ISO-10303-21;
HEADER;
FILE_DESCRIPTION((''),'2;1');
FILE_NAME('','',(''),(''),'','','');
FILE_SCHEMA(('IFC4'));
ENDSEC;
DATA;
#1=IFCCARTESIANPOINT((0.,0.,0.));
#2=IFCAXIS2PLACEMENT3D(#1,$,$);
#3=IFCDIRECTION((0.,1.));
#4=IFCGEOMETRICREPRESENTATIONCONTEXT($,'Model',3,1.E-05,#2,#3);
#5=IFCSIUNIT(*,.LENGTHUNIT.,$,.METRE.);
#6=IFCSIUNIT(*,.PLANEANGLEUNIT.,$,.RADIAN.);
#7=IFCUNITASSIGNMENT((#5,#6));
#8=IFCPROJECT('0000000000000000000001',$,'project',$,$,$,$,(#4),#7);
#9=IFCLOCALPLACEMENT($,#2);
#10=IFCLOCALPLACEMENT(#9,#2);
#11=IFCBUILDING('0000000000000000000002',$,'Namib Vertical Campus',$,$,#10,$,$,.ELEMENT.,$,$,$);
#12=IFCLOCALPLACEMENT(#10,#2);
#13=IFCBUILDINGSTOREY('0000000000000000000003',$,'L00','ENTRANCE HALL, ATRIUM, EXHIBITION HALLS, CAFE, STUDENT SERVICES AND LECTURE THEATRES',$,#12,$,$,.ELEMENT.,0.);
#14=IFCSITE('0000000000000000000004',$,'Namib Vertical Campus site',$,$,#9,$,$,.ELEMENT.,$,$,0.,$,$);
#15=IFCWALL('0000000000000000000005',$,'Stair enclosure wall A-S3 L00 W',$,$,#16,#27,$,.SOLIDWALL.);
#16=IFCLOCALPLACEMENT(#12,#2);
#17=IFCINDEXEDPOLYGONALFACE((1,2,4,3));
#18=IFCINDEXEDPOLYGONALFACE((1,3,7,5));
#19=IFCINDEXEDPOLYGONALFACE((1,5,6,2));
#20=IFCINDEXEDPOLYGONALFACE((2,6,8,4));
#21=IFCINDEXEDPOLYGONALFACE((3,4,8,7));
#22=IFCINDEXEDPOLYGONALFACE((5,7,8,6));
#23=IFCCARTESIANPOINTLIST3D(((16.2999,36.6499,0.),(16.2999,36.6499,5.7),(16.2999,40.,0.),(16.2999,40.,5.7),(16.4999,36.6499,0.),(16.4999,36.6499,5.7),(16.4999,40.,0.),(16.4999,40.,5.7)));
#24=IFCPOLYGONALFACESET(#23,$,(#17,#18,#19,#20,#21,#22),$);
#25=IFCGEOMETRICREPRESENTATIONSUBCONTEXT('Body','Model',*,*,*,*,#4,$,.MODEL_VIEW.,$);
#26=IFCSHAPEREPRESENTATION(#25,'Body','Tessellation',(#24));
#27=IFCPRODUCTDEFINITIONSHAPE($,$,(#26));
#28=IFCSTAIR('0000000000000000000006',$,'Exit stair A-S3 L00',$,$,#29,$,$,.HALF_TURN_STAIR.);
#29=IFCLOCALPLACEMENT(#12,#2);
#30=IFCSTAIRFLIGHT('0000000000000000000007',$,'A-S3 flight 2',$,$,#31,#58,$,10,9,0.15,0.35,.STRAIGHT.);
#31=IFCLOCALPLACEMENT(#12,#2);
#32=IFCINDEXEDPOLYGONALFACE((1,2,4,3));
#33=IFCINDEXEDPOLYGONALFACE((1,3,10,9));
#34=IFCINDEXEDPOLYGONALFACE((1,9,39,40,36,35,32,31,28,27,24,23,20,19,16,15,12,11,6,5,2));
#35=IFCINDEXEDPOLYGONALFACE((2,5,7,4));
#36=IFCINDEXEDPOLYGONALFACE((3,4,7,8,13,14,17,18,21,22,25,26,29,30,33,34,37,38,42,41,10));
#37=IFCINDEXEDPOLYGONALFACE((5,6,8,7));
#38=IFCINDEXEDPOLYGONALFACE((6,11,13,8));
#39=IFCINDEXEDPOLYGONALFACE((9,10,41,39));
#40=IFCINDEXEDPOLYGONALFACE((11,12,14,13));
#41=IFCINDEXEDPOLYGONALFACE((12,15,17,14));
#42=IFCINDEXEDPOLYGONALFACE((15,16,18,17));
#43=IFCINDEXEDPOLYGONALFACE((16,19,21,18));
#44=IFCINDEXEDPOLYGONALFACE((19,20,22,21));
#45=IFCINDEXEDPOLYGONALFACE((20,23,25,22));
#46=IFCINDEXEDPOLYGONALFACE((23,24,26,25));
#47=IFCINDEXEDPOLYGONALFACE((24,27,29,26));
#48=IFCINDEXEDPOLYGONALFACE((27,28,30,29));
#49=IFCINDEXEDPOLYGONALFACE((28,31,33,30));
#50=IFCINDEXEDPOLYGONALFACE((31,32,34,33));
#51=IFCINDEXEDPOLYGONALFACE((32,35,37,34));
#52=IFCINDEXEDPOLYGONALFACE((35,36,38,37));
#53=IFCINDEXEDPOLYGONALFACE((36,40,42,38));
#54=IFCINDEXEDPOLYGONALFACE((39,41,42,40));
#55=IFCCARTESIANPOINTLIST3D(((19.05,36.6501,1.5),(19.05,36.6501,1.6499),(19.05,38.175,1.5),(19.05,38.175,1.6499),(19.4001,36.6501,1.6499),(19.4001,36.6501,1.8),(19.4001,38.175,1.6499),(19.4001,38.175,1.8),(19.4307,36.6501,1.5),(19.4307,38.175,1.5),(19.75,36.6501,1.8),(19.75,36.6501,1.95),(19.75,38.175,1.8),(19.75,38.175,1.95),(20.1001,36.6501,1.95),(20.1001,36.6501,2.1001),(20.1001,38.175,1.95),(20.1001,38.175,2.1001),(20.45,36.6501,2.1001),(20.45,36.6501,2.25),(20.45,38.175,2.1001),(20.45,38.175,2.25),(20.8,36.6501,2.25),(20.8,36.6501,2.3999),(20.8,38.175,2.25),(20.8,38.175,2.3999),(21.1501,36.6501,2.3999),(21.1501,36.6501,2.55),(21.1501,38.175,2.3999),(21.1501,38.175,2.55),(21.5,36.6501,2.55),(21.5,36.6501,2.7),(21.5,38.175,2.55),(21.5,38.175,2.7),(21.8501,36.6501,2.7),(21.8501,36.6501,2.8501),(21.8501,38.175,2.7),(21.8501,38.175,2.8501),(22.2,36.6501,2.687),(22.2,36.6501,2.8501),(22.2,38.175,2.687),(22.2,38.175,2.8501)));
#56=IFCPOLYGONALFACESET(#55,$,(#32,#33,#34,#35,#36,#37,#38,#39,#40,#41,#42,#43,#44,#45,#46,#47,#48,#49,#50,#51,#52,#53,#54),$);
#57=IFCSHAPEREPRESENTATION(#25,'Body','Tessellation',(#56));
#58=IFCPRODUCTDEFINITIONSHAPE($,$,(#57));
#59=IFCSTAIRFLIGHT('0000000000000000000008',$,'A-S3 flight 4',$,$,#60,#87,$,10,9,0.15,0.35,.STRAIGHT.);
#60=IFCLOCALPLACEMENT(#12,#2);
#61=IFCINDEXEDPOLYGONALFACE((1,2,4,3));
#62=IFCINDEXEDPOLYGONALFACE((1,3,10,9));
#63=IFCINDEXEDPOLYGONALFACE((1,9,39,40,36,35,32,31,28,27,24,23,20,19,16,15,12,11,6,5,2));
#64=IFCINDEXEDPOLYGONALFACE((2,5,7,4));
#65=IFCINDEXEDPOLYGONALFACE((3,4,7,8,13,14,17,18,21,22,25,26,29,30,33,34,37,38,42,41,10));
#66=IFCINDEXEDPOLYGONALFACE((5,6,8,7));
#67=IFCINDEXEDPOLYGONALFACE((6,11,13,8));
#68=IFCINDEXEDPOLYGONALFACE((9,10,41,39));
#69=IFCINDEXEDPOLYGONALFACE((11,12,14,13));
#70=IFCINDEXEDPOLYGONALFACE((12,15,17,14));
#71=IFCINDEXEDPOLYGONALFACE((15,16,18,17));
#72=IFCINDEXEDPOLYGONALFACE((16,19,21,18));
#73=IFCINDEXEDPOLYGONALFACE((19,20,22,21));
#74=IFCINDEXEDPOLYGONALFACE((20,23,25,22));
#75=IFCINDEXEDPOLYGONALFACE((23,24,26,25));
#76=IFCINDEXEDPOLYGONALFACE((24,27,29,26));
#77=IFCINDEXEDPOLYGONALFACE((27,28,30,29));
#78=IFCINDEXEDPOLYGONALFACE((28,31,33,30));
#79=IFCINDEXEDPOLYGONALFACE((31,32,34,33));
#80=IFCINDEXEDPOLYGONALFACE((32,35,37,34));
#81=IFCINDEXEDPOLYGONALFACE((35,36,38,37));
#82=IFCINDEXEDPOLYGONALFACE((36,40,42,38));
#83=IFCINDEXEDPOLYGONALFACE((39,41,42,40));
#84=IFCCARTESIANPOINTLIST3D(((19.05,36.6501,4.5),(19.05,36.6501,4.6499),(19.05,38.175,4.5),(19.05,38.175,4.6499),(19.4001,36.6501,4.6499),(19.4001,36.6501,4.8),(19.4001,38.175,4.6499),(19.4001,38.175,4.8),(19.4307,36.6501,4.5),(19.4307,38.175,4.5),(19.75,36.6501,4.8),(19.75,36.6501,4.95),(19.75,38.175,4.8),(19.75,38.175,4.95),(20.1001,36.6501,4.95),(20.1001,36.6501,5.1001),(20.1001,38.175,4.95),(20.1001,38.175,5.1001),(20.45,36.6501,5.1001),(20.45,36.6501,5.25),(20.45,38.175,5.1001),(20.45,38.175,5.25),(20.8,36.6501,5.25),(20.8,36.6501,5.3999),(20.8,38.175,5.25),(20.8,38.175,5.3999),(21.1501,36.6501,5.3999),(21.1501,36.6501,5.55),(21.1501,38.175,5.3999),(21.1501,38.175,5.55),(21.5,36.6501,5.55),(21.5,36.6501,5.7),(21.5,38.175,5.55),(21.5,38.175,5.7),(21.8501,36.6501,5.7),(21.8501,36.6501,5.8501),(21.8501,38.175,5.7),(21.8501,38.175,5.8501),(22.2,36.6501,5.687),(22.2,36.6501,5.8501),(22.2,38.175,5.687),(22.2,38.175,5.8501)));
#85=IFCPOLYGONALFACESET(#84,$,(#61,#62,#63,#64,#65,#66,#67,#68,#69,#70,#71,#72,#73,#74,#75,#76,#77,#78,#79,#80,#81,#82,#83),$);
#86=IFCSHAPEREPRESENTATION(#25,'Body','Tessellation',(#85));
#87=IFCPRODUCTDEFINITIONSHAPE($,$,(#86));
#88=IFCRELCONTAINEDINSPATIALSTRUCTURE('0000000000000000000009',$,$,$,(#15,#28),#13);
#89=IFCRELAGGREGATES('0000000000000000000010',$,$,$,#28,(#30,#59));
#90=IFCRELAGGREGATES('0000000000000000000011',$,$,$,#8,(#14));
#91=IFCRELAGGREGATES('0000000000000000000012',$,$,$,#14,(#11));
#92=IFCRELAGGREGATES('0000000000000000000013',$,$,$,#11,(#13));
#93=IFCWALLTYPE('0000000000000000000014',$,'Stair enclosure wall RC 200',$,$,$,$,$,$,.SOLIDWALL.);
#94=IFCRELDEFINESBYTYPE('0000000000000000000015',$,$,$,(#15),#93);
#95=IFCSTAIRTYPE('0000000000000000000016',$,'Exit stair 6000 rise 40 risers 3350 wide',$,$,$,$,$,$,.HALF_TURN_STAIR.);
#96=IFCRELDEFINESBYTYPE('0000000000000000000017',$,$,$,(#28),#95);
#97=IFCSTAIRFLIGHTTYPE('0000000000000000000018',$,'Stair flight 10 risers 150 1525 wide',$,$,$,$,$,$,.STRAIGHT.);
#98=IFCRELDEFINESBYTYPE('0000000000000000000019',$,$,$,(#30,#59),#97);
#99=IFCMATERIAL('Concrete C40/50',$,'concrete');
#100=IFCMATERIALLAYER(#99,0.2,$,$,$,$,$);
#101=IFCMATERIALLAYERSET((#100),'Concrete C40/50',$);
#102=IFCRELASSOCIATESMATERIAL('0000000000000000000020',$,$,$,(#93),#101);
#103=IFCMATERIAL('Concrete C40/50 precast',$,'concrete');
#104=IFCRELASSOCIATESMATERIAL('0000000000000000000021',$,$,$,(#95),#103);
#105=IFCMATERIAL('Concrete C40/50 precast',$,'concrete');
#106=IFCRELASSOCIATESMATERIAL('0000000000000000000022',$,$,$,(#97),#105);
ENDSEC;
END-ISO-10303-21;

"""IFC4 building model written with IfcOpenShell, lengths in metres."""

from ifc_helpers import new_model, si_unit, direction, frame, frame_2d, origin, place, context, subcontext, project, spatial, polyline, rectangle, outline, extrude, material, layer, layer_set, type_object, element, aggregate, save


model = new_model("IFC4")

# Units and contexts
model_context = context("Model", 3, precision=1e-05, world=origin(), true_north=direction((0.0, 1.0)))
body_context = subcontext(model_context, "Body", "Model", "MODEL_VIEW")
ifc_project = project(units=[si_unit("LENGTHUNIT", "METRE"), si_unit("PLANEANGLEUNIT", "RADIAN")], contexts=[model_context])

# Site, building, storey
site_placement = place(None, origin())
site = spatial("IfcSite", under=ifc_project, at=site_placement, Name="Namib Vertical Campus site", CompositionType="ELEMENT", RefElevation=0.0)
building_placement = place(site_placement, origin())
building = spatial("IfcBuilding", under=site, at=building_placement, Name="Namib Vertical Campus", CompositionType="ELEMENT")
storey_placement = place(building_placement, origin())
storey = spatial("IfcBuildingStorey", under=building, at=storey_placement, Name="L00", Description="ENTRANCE HALL, ATRIUM, EXHIBITION HALLS, CAFE, STUDENT SERVICES AND LECTURE THEATRES", CompositionType="ELEMENT", Elevation=0.0)

# Wall
ifc_material_1 = material(Name="Concrete C40/50", Category="concrete")
ifc_layer_1 = layer(ifc_material_1, 0.2)
ifc_layer_set_1 = layer_set([ifc_layer_1], Name="Concrete C40/50")
wall_type_1 = type_object("IfcWallType", Name="Stair enclosure wall RC 200", PredefinedType="SOLIDWALL", material=ifc_layer_set_1)
wall_1_placement = place(storey_placement, frame((16.3999, 36.6499, 0.0), z_axis=(0.0, 0.0, 1.0), x_axis=(0.0, 1.0, 0.0)))
element("IfcWall", 1, at=wall_1_placement, inside=storey, type_object=wall_type_1, Name="Stair enclosure wall A-S3 L00 W", PredefinedType="SOLIDWALL", context=body_context, shape_type="SweptSolid", body=[
    extrude(rectangle(XDim=3.3501, YDim=0.2, at=frame_2d((1.675, 0.0))), origin(), (0.0, 0.0, 1.0), 5.7),
])

# Stair, stair flights
ifc_material_2 = material(Name="Concrete C40/50 precast", Category="concrete")
stair_type = type_object("IfcStairType", Name="Exit stair 6000 rise 40 risers 3350 wide", PredefinedType="HALF_TURN_STAIR", material=ifc_material_2)
stair_placement = place(storey_placement, origin())
stair = element("IfcStair", 2, at=stair_placement, inside=storey, type_object=stair_type, Name="Exit stair A-S3 L00", PredefinedType="HALF_TURN_STAIR")
ifc_material_3 = material(Name="Concrete C40/50 precast", Category="concrete")
stair_flight_type = type_object("IfcStairFlightType", Name="Stair flight 10 risers 150 1525 wide", PredefinedType="STRAIGHT", material=ifc_material_3)
stair_flight_1_placement = place(storey_placement, frame((19.05, 37.4126, 1.5), z_axis=(0.0, 0.0, 1.0), x_axis=(1.0, 0.0, 0.0)))
stair_flight_1 = element("IfcStairFlight", 3, at=stair_flight_1_placement, type_object=stair_flight_type, Name="A-S3 flight 2", NumberOfRisers=10, NumberOfTreads=9, PredefinedType="STRAIGHT", RiserHeight=0.15, TreadLength=0.35, context=body_context, shape_type="SweptSolid", body=[
    extrude(outline(polyline([(0.0, 0.0), (0.0, 0.1499), (0.3501, 0.1499), (0.3501, 0.3), (0.7, 0.3), (0.7, 0.45), (1.05, 0.45), (1.05, 0.6001), (1.3999, 0.6001), (1.3999, 0.75), (1.75, 0.75), (1.75, 0.8999), (2.1001, 0.8999), (2.1001, 1.05), (2.45, 1.05), (2.45, 1.2), (2.8, 1.2), (2.8, 1.3501), (3.1499, 1.3501), (3.1499, 1.5), (3.1499, 1.187), (0.3806, 0.0), (0.0, 0.0)])), frame((0.0, 0.7625, 0.0), z_axis=(0.0, -1.0, 0.0), x_axis=(1.0, 0.0, 0.0)), (0.0, 0.0, 1.0), 1.5249),
])
stair_flight_2_placement = place(storey_placement, frame((19.05, 37.4126, 4.5), z_axis=(0.0, 0.0, 1.0), x_axis=(1.0, 0.0, 0.0)))
stair_flight_2 = element("IfcStairFlight", 4, at=stair_flight_2_placement, type_object=stair_flight_type, Name="A-S3 flight 4", NumberOfRisers=10, NumberOfTreads=9, PredefinedType="STRAIGHT", RiserHeight=0.15, TreadLength=0.35, context=body_context, shape_type="SweptSolid", body=[
    extrude(outline(polyline([(0.0, 0.0), (0.0, 0.1499), (0.3501, 0.1499), (0.3501, 0.3), (0.7, 0.3), (0.7, 0.45), (1.05, 0.45), (1.05, 0.6001), (1.3999, 0.6001), (1.3999, 0.75), (1.75, 0.75), (1.75, 0.8999), (2.1001, 0.8999), (2.1001, 1.05), (2.45, 1.05), (2.45, 1.2), (2.8, 1.2), (2.8, 1.3501), (3.1499, 1.3501), (3.1499, 1.5), (3.1499, 1.187), (0.3806, 0.0), (0.0, 0.0)])), frame((0.0, 0.7625, 0.0), z_axis=(0.0, -1.0, 0.0), x_axis=(1.0, 0.0, 0.0)), (0.0, 0.0, 1.0), 1.5249),
])
aggregate(stair, [stair_flight_1, stair_flight_2])

save(model, "model.ifc")
